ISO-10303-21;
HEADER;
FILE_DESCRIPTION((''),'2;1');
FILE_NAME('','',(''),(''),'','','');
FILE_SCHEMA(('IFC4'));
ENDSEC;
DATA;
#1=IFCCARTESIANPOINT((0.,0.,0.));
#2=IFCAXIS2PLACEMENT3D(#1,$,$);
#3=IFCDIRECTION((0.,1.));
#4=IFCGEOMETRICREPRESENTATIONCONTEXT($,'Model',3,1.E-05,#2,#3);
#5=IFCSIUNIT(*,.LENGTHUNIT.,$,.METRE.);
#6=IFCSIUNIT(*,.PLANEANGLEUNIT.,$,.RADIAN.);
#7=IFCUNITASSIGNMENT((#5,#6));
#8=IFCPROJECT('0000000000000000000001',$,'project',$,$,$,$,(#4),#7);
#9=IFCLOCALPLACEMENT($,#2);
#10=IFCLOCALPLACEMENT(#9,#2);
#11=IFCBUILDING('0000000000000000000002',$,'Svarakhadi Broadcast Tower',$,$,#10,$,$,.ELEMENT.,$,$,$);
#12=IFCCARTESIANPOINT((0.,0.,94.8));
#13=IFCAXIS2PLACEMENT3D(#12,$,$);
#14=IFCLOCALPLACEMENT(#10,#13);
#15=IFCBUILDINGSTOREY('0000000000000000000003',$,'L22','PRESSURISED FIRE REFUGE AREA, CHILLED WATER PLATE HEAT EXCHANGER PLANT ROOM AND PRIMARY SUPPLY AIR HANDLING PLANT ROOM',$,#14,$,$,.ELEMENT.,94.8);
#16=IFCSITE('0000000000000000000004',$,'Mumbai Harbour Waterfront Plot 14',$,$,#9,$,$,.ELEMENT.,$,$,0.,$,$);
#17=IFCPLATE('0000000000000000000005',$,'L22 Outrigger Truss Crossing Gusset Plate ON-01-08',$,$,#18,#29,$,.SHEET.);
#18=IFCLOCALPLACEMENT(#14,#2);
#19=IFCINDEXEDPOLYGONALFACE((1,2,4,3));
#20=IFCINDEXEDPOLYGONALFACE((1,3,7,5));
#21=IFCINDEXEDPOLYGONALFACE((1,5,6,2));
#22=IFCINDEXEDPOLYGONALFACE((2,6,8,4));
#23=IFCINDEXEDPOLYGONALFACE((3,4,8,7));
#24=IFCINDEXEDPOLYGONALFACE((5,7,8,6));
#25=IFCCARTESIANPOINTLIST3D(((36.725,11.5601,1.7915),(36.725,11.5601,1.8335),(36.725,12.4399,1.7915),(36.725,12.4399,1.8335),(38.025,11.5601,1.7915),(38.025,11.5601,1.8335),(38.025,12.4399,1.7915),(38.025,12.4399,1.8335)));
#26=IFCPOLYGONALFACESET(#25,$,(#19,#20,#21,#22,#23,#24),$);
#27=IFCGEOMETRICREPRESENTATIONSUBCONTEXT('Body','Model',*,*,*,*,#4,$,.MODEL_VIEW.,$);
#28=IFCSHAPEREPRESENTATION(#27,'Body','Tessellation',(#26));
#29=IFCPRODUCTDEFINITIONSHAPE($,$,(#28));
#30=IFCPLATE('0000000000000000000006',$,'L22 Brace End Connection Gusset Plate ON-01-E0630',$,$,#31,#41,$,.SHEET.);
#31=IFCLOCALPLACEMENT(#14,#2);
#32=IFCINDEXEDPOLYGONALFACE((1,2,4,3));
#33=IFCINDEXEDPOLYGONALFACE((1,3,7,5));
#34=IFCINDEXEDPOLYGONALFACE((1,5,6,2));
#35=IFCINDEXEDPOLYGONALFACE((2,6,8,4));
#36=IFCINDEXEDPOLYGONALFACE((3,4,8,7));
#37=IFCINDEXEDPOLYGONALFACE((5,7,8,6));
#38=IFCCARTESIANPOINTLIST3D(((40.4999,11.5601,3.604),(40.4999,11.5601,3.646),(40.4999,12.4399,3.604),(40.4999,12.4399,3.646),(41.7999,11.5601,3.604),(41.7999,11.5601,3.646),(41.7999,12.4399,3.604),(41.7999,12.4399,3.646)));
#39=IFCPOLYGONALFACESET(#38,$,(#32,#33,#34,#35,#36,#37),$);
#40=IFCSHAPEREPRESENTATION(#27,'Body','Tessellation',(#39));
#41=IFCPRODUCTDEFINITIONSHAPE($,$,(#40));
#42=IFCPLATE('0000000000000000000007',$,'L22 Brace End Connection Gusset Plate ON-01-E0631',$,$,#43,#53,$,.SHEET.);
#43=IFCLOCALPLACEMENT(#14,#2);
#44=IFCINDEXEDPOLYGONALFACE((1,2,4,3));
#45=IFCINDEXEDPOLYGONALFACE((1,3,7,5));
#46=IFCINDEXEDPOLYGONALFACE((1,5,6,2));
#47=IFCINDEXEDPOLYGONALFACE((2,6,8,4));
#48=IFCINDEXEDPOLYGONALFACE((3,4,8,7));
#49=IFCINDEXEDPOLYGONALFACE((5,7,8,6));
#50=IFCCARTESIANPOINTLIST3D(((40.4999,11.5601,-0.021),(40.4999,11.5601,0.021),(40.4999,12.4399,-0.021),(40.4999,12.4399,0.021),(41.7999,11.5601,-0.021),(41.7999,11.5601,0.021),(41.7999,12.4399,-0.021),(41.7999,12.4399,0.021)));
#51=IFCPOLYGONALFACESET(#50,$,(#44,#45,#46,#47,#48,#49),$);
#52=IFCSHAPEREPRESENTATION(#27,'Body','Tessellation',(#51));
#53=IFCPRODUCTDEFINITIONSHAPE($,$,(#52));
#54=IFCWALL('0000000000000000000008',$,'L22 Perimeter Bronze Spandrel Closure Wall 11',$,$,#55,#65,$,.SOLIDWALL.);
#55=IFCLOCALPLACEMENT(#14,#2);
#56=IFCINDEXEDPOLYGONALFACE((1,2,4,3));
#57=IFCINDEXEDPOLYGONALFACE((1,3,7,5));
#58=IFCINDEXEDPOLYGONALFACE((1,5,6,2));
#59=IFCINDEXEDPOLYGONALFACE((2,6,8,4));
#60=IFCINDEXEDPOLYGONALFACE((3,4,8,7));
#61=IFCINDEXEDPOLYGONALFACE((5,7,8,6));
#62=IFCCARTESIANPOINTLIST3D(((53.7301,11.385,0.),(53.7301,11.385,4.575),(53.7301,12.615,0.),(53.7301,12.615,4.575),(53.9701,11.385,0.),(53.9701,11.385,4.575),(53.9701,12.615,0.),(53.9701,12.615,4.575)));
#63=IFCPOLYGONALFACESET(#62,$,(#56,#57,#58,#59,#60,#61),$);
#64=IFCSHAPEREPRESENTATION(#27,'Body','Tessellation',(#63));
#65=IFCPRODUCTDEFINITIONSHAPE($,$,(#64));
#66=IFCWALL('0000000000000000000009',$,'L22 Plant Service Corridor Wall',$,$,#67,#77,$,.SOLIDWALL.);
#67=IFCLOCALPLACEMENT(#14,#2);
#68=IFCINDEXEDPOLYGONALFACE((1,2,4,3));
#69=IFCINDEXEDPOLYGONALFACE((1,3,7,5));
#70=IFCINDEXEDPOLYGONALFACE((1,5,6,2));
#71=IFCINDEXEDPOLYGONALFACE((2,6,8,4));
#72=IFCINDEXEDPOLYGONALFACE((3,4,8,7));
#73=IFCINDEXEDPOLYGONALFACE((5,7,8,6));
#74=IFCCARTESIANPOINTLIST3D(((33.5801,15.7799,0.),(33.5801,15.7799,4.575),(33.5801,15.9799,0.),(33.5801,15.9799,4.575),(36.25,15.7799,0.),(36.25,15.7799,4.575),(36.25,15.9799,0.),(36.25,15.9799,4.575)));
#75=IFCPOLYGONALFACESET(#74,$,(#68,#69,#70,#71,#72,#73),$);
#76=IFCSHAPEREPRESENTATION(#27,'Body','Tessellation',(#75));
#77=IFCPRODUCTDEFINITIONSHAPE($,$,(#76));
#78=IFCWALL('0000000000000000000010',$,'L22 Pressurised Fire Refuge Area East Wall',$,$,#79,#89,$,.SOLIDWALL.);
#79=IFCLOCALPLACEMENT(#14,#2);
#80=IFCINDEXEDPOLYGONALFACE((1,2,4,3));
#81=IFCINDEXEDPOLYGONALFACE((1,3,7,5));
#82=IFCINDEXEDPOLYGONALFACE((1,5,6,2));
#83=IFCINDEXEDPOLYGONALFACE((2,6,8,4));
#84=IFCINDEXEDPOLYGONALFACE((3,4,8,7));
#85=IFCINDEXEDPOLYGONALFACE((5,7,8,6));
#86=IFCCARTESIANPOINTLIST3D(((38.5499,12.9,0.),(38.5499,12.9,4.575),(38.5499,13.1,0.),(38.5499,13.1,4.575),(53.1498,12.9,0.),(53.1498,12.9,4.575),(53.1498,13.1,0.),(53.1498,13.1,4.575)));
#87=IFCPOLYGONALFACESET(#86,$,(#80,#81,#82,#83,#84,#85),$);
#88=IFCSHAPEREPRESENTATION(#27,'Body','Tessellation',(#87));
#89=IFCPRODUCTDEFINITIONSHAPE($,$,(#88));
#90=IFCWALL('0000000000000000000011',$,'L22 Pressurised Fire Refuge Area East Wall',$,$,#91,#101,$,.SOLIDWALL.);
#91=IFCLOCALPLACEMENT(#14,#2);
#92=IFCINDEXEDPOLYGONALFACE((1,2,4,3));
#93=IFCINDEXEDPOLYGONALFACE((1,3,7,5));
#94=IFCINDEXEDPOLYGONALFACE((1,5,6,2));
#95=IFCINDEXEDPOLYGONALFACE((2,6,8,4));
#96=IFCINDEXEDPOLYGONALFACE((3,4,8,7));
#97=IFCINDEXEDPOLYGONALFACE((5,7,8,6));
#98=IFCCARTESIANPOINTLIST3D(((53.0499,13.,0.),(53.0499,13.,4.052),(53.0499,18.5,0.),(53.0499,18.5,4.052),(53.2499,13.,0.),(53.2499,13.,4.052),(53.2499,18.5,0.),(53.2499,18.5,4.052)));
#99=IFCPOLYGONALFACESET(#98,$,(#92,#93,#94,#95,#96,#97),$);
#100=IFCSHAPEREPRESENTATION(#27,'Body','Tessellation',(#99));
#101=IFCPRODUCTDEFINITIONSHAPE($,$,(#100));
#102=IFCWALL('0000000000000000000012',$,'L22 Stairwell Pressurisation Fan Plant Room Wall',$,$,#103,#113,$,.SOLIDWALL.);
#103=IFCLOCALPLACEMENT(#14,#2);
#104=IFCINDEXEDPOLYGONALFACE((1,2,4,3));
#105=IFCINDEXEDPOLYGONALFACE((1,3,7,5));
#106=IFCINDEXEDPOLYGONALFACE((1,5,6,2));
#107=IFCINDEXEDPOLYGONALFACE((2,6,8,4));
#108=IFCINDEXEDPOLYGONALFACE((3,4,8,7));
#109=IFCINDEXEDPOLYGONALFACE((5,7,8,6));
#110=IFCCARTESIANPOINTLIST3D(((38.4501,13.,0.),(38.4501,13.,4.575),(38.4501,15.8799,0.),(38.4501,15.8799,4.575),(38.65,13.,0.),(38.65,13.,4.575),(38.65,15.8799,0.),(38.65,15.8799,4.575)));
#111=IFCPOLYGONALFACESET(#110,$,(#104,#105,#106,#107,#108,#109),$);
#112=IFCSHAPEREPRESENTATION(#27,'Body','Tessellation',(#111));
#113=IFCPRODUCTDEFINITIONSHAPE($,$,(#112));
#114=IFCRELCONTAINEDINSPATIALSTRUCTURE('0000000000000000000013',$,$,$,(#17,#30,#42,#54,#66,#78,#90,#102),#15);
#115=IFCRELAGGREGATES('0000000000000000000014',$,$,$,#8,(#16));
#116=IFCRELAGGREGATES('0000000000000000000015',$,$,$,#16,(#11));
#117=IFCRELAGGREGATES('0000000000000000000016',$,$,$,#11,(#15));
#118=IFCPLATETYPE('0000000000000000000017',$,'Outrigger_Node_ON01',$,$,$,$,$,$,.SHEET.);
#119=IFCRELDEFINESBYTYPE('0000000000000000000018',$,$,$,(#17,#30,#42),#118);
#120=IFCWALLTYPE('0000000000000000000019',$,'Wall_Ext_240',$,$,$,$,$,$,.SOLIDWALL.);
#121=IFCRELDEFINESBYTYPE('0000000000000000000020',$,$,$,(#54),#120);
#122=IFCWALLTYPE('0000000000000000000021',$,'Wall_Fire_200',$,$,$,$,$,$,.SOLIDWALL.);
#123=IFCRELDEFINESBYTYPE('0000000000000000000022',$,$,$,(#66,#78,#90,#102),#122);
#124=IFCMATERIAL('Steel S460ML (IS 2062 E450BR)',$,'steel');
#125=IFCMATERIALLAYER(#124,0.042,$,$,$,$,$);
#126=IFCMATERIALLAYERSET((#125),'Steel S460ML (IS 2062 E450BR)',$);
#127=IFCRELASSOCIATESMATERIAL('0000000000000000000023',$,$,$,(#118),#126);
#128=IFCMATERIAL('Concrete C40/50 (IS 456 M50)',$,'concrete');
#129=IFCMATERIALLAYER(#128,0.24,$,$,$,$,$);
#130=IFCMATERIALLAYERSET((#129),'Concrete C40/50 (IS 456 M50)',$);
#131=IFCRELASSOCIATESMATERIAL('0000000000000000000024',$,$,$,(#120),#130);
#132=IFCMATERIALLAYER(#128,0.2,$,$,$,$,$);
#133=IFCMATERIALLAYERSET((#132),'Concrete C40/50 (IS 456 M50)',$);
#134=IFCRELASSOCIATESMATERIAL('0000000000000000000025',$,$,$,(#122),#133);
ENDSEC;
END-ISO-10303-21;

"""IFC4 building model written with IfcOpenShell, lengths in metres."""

from ifc_helpers import new_model, si_unit, direction, frame, frame_2d, origin, origin_2d, place, context, subcontext, project, spatial, rectangle, extrude, material, layer, layer_set, type_object, element, save


model = new_model("IFC4")

# Units and contexts
model_context = context("Model", 3, precision=1e-05, world=origin(), true_north=direction((0.0, 1.0)))
body_context = subcontext(model_context, "Body", "Model", "MODEL_VIEW")
ifc_project = project(units=[si_unit("LENGTHUNIT", "METRE"), si_unit("PLANEANGLEUNIT", "RADIAN")], contexts=[model_context])

# Site, building, storey
site_placement = place(None, origin())
site = spatial("IfcSite", under=ifc_project, at=site_placement, Name="Mumbai Harbour Waterfront Plot 14", CompositionType="ELEMENT", RefElevation=0.0)
building_placement = place(site_placement, origin())
building = spatial("IfcBuilding", under=site, at=building_placement, Name="Svarakhadi Broadcast Tower", CompositionType="ELEMENT")
storey_placement = place(building_placement, frame((0.0, 0.0, 94.8)))
storey = spatial("IfcBuildingStorey", under=building, at=storey_placement, Name="L22", Description="PRESSURISED FIRE REFUGE AREA, CHILLED WATER PLATE HEAT EXCHANGER PLANT ROOM AND PRIMARY SUPPLY AIR HANDLING PLANT ROOM", CompositionType="ELEMENT", Elevation=94.8)

# Shared definitions
ifc_material_1 = material(Name="Steel S460ML (IS 2062 E450BR)", Category="steel")

# Plates
ifc_layer_1 = layer(ifc_material_1, 0.042)
ifc_layer_set_1 = layer_set([ifc_layer_1], Name="Steel S460ML (IS 2062 E450BR)")
plate_type_1 = type_object("IfcPlateType", Name="Outrigger_Node_ON01", PredefinedType="SHEET", material=ifc_layer_set_1)
for number, where, z_axis, x_axis, name in (
    (1, (37.375, 12.0, 1.7915), (0.0, 0.0, 1.0), (1.0, 0.0, 0.0), "L22 Outrigger Truss Crossing Gusset Plate ON-01-08"),
    (2, (41.1499, 12.0, 3.604), (0.0, 0.0, 1.0), (1.0, 0.0, 0.0), "L22 Brace End Connection Gusset Plate ON-01-E0630"),
    (3, (41.1499, 12.0, -0.021), (0.0, 0.0, 1.0), (1.0, 0.0, 0.0), "L22 Brace End Connection Gusset Plate ON-01-E0631"),
):
    element("IfcPlate", number, at=place(storey_placement, frame(where, z_axis=z_axis, x_axis=x_axis)), inside=storey, type_object=plate_type_1, Name=name, PredefinedType="SHEET", context=body_context, shape_type="SweptSolid", body=[
        extrude(rectangle(XDim=1.3, YDim=0.8799, at=origin_2d()), origin(), (0.0, 0.0, 1.0), 0.042),
    ])

# Wall
ifc_material_2 = material(Name="Concrete C40/50 (IS 456 M50)", Category="concrete")
ifc_layer_2 = layer(ifc_material_2, 0.24)
ifc_layer_set_2 = layer_set([ifc_layer_2], Name="Concrete C40/50 (IS 456 M50)")
wall_type_1 = type_object("IfcWallType", Name="Wall_Ext_240", PredefinedType="SOLIDWALL", material=ifc_layer_set_2)
wall_1_placement = place(storey_placement, frame((53.8501, 12.615, 0.0), z_axis=(0.0, 0.0, 1.0), x_axis=(0.0, -1.0, 0.0)))
element("IfcWall", 4, at=wall_1_placement, inside=storey, type_object=wall_type_1, Name="L22 Perimeter Bronze Spandrel Closure Wall 11", PredefinedType="SOLIDWALL", context=body_context, shape_type="SweptSolid", body=[
    extrude(rectangle(XDim=1.23, YDim=0.24, at=frame_2d((0.615, 0.0))), origin(), (0.0, 0.0, 1.0), 4.575),
])

# Shared definitions
ifc_layer_3 = layer(ifc_material_2, 0.2)
ifc_layer_set_3 = layer_set([ifc_layer_3], Name="Concrete C40/50 (IS 456 M50)")
wall_type_2 = type_object("IfcWallType", Name="Wall_Fire_200", PredefinedType="SOLIDWALL", material=ifc_layer_set_3)

# Walls
wall_2_placement = place(storey_placement, frame((36.25, 15.8799, 0.0), z_axis=(0.0, 0.0, 1.0), x_axis=(-1.0, 0.0, 0.0)))
element("IfcWall", 5, at=wall_2_placement, inside=storey, type_object=wall_type_2, Name="L22 Plant Service Corridor Wall", PredefinedType="SOLIDWALL", context=body_context, shape_type="SweptSolid", body=[
    extrude(rectangle(XDim=2.6699, YDim=0.2, at=frame_2d((1.335, 0.0))), origin(), (0.0, 0.0, 1.0), 4.575),
])
wall_3_placement = place(storey_placement, frame((38.55, 13.0, 0.0), z_axis=(0.0, 0.0, 1.0), x_axis=(1.0, 0.0, 0.0)))
element("IfcWall", 6, at=wall_3_placement, inside=storey, type_object=wall_type_2, Name="L22 Pressurised Fire Refuge Area East Wall", PredefinedType="SOLIDWALL", context=body_context, shape_type="SweptSolid", body=[
    extrude(rectangle(XDim=14.5999, YDim=0.2, at=frame_2d((7.2998, 0.0))), origin(), (0.0, 0.0, 1.0), 4.575),
])
wall_4_placement = place(storey_placement, frame((53.1499, 13.0, 0.0), z_axis=(0.0, 0.0, 1.0), x_axis=(0.0, 1.0, 0.0)))
element("IfcWall", 7, at=wall_4_placement, inside=storey, type_object=wall_type_2, Name="L22 Pressurised Fire Refuge Area East Wall", PredefinedType="SOLIDWALL", context=body_context, shape_type="SweptSolid", body=[
    extrude(rectangle(XDim=5.5, YDim=0.2, at=frame_2d((2.75, 0.0))), origin(), (0.0, 0.0, 1.0), 4.052),
])
wall_5_placement = place(storey_placement, frame((38.55, 13.0, 0.0), z_axis=(0.0, 0.0, 1.0), x_axis=(0.0, 1.0, 0.0)))
element("IfcWall", 8, at=wall_5_placement, inside=storey, type_object=wall_type_2, Name="L22 Stairwell Pressurisation Fan Plant Room Wall", PredefinedType="SOLIDWALL", context=body_context, shape_type="SweptSolid", body=[
    extrude(rectangle(XDim=2.8799, YDim=0.2, at=frame_2d((1.4399, 0.0))), origin(), (0.0, 0.0, 1.0), 4.575),
])

save(model, "model.ifc")
